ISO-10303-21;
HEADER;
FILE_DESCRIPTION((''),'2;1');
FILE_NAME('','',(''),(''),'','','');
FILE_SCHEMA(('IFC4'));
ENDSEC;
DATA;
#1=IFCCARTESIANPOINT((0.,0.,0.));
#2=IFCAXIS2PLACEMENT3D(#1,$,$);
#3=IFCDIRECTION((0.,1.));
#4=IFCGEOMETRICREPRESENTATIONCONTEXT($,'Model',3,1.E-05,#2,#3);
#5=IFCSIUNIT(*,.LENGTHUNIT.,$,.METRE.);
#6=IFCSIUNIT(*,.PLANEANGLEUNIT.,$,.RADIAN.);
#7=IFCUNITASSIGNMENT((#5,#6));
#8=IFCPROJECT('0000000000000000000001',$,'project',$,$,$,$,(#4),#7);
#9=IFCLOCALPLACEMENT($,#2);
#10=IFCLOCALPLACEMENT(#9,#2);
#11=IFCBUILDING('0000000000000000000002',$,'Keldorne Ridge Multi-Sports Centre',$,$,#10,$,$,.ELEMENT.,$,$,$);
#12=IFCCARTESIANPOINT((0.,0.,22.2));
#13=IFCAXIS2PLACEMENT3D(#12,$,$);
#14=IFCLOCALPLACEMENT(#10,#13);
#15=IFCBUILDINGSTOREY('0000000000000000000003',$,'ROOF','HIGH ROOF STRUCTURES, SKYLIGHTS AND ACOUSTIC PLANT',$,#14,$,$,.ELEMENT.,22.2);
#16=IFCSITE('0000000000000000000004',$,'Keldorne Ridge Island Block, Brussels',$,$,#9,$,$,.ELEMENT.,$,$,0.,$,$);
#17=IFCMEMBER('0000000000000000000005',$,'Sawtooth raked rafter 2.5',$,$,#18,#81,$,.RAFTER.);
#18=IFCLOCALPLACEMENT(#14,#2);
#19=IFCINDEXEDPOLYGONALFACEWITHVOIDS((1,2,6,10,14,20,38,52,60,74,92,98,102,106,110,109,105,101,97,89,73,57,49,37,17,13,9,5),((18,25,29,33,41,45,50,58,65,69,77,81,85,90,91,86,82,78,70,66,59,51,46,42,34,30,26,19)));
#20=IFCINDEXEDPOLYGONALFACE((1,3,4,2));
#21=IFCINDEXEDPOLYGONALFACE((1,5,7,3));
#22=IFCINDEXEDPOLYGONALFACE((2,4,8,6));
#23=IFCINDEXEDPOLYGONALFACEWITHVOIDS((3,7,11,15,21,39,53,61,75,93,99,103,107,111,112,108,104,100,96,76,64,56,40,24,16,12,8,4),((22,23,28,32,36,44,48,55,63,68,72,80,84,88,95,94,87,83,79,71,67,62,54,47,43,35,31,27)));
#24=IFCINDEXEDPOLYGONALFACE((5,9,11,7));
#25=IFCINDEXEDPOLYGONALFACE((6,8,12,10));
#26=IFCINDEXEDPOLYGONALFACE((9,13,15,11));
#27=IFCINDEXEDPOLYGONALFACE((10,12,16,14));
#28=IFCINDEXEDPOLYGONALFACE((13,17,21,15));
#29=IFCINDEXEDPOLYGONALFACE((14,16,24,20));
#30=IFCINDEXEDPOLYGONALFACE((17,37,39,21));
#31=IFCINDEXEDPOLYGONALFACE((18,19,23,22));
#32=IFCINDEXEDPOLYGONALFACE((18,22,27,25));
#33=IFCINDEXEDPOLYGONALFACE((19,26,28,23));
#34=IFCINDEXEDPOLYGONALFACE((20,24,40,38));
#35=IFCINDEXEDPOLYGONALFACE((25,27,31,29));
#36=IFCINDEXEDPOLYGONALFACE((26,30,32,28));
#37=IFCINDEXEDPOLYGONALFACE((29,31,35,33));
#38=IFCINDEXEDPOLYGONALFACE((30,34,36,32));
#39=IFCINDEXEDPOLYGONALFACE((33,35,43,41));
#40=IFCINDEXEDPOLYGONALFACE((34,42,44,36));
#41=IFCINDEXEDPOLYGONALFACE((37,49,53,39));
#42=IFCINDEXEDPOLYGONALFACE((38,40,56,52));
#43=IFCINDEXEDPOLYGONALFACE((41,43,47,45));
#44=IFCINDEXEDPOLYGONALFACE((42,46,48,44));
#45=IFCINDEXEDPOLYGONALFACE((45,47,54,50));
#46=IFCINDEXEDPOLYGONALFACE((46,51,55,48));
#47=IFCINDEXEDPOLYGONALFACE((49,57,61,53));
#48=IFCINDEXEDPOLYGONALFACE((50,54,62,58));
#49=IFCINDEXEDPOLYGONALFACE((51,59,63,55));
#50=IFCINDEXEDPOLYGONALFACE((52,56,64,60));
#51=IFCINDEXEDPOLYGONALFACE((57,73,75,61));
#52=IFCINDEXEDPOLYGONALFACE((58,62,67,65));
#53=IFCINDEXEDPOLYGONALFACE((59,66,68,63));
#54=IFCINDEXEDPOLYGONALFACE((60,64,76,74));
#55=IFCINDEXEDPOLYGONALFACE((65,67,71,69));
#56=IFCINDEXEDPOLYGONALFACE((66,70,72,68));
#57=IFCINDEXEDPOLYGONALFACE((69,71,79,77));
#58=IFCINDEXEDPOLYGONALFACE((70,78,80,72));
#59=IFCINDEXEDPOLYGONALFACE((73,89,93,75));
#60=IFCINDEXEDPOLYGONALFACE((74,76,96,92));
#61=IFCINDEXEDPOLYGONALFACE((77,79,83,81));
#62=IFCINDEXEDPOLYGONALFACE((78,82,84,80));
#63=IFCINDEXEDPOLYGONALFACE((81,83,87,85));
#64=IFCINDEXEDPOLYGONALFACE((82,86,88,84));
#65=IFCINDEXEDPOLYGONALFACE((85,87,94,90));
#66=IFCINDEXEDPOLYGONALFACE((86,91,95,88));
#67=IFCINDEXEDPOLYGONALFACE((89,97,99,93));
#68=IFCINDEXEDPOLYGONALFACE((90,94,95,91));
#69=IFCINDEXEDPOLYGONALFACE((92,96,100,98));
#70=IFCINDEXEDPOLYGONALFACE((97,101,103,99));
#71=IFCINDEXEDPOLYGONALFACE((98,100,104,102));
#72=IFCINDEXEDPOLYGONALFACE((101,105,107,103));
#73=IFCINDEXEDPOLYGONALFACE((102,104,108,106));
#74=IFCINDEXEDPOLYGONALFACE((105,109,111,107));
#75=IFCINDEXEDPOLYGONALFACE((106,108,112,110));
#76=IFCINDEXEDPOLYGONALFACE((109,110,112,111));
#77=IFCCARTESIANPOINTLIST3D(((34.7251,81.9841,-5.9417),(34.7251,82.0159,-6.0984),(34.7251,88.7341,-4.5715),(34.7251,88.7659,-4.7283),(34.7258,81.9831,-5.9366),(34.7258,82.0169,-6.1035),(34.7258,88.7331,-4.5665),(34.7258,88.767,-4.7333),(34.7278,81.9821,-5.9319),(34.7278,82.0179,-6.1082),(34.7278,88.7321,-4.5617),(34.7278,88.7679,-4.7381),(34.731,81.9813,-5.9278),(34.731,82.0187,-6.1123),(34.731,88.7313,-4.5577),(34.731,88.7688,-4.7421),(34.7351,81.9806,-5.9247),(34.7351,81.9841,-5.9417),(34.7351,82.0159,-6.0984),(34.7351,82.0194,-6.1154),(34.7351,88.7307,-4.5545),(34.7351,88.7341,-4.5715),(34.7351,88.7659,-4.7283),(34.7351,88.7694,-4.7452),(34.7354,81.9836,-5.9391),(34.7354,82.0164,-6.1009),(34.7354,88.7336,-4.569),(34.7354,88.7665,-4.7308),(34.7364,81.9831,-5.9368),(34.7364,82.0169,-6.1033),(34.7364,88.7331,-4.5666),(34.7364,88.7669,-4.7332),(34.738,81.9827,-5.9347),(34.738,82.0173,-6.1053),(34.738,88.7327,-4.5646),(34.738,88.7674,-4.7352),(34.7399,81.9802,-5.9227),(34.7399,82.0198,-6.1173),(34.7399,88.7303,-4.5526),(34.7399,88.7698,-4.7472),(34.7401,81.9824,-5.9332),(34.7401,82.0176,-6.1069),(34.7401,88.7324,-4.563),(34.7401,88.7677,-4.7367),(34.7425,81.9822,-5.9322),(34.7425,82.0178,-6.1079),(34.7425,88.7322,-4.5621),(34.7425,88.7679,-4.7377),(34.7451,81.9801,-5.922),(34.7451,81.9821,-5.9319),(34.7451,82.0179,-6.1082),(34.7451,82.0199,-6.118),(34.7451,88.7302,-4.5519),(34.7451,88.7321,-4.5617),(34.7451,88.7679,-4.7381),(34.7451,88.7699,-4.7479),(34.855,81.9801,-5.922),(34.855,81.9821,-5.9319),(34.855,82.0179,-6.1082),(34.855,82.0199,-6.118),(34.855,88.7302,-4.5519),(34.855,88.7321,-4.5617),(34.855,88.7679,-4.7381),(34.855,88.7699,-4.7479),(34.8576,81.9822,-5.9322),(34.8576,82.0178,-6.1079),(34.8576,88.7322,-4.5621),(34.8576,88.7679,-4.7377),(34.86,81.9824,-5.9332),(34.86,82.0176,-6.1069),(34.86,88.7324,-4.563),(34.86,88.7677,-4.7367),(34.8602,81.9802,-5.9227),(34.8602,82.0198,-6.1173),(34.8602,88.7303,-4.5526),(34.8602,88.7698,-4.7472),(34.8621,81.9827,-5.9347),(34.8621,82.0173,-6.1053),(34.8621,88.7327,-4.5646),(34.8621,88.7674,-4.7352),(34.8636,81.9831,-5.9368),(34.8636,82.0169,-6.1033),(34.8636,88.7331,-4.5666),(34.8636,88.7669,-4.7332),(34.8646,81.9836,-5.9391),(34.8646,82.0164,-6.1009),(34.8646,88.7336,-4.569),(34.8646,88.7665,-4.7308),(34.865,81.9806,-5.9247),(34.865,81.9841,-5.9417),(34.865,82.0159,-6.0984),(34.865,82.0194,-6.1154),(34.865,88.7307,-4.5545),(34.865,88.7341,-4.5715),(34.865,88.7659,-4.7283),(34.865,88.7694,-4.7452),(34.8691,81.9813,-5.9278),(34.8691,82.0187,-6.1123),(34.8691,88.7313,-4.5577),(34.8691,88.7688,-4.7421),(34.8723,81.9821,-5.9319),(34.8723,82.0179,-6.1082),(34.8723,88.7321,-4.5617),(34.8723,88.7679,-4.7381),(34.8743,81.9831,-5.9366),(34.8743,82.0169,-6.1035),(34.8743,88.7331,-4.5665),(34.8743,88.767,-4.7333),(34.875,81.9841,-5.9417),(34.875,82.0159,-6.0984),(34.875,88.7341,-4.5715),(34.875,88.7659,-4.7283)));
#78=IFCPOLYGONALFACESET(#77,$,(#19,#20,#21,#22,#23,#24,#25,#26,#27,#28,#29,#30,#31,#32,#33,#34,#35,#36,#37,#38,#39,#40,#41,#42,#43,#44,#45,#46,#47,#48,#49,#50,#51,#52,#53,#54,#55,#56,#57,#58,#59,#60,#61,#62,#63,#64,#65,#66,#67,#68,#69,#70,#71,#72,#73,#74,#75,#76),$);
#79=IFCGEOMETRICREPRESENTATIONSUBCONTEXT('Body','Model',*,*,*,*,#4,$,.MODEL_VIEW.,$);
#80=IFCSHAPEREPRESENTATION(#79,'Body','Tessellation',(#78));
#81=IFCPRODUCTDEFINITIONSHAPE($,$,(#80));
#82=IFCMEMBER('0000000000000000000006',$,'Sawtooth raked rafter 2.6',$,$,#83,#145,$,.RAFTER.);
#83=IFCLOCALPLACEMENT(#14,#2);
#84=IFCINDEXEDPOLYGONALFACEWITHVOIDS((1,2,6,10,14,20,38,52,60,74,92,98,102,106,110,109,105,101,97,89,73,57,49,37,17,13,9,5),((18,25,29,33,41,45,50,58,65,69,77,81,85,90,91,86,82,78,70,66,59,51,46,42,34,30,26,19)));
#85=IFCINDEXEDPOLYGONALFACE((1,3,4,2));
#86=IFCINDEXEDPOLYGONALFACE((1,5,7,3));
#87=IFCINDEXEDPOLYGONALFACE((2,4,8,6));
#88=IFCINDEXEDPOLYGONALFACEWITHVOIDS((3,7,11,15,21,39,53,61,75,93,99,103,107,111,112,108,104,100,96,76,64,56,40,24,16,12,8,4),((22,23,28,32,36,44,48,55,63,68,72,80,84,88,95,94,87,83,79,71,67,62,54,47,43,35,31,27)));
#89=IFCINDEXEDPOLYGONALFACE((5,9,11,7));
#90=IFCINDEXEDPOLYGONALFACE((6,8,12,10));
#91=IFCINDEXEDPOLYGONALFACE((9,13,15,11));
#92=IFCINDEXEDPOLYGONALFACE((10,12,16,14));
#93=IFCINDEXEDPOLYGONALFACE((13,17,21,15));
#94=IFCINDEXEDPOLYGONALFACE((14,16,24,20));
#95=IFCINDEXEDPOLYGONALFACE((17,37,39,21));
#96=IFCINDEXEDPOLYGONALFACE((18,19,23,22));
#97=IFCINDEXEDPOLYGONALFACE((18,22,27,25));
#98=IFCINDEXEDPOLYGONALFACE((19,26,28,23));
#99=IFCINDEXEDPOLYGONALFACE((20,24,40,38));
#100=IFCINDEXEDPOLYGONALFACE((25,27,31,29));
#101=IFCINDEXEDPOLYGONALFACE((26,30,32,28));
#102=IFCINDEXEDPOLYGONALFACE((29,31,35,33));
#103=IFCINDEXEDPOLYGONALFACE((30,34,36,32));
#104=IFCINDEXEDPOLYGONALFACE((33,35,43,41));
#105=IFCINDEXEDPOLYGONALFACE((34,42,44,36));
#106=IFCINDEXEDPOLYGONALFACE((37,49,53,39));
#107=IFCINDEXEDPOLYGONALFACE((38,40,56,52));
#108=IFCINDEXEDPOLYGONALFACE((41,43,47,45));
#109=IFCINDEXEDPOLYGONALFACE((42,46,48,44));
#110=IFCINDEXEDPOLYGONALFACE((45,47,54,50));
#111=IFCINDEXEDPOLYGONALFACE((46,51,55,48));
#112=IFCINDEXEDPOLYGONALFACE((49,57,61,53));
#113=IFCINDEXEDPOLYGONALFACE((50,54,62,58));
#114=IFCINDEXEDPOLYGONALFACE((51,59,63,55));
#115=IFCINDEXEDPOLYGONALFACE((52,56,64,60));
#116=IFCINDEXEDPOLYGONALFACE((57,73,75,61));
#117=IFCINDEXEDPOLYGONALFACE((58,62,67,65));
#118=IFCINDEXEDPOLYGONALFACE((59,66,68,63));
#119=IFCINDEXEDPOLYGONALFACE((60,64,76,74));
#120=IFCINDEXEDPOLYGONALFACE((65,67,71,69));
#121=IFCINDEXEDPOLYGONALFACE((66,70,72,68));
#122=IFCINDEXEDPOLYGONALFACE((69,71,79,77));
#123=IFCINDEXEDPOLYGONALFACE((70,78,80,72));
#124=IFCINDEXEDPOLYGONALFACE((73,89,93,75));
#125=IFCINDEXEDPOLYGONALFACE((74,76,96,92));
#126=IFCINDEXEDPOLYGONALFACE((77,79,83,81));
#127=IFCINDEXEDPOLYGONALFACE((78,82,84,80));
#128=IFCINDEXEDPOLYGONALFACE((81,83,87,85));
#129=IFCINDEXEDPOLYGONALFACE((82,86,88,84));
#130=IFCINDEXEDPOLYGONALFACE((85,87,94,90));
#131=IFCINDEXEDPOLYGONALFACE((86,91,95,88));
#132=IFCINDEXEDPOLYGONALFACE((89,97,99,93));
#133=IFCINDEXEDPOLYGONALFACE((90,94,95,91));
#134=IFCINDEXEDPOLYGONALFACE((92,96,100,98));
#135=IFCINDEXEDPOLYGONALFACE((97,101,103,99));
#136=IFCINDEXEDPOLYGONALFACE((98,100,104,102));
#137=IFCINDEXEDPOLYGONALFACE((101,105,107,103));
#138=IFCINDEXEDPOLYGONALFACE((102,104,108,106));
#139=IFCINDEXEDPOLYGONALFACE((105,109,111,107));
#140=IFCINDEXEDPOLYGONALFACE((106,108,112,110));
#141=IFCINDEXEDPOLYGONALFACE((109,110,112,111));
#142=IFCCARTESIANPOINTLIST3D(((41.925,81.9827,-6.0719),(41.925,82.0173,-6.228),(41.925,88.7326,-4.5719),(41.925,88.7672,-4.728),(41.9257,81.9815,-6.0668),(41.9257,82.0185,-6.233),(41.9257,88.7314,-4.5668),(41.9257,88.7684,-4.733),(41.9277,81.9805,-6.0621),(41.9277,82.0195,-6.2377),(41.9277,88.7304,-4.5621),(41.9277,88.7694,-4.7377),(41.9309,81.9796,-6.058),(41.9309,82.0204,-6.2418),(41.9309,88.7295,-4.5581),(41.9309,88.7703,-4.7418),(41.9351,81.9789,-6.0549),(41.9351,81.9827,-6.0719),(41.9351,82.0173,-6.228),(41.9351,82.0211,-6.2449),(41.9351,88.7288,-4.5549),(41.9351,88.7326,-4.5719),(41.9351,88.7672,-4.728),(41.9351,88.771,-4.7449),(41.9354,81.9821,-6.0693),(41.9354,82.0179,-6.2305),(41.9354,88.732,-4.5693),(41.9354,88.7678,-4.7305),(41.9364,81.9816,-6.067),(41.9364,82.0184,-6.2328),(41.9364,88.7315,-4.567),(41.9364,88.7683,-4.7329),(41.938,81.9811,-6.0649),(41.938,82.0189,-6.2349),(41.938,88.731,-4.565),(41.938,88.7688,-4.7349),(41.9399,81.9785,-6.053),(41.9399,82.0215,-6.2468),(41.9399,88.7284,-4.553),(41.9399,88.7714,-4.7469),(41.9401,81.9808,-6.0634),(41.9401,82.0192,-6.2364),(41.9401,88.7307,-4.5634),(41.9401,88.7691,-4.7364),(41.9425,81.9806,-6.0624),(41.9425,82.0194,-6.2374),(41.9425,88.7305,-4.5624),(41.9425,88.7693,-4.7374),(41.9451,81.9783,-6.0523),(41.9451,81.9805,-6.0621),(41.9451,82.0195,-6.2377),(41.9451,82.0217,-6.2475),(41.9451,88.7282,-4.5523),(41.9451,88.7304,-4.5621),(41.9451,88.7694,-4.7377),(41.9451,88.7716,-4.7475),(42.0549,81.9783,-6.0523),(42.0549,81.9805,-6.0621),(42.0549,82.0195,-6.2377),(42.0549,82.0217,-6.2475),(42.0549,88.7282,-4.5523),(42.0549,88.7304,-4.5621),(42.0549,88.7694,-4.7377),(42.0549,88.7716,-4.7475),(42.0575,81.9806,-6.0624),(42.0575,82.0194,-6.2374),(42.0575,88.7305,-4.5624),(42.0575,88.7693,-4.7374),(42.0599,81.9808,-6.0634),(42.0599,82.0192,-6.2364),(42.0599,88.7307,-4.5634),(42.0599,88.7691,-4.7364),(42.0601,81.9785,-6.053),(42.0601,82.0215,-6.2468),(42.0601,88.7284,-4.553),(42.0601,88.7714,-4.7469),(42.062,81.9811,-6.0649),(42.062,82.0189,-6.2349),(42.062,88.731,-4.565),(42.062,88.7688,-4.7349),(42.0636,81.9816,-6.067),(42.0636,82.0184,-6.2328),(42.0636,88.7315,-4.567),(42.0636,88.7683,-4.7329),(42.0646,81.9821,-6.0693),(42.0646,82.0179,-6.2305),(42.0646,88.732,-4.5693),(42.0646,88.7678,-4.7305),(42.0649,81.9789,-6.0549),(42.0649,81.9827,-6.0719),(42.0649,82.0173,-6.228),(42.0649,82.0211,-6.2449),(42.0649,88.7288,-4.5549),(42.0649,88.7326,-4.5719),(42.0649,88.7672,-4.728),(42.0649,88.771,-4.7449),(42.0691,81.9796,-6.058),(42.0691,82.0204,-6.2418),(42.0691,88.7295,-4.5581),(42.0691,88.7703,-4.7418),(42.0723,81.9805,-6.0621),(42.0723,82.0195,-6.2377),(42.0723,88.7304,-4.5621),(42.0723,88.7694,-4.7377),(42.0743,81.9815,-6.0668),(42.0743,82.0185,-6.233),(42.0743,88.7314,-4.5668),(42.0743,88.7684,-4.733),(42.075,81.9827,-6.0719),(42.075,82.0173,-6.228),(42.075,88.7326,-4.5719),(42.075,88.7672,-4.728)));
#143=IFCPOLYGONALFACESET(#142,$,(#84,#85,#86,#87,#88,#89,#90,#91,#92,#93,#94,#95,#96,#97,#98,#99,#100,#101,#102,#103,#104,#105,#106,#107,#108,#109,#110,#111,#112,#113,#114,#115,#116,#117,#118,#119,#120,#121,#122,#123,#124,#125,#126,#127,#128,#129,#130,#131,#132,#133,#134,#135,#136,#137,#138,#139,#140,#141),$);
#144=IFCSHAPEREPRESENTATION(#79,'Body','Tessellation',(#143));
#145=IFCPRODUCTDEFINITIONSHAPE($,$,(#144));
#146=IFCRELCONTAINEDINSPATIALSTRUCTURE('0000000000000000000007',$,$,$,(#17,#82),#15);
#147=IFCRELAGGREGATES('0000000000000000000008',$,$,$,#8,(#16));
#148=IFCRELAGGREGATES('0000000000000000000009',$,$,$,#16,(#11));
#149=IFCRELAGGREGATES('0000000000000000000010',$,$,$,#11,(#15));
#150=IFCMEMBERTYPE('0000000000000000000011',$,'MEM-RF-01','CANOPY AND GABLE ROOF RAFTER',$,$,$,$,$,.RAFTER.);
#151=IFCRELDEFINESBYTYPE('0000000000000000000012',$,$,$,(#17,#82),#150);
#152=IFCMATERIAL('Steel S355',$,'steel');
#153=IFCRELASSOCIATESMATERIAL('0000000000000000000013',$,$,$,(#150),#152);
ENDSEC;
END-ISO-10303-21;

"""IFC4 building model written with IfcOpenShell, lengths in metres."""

from ifc_helpers import new_model, si_unit, direction, frame, origin, origin_2d, place, context, subcontext, project, spatial, hollow_rectangle, extrude, material, material_profile, profile_set, type_object, element, save


model = new_model("IFC4")

# Units and contexts
model_context = context("Model", 3, precision=1e-05, world=origin(), true_north=direction((0.0, 1.0)))
body_context = subcontext(model_context, "Body", "Model", "MODEL_VIEW")
ifc_project = project(units=[si_unit("LENGTHUNIT", "METRE"), si_unit("PLANEANGLEUNIT", "RADIAN")], contexts=[model_context])

# Site, building, storey
site_placement = place(None, origin())
site = spatial("IfcSite", under=ifc_project, at=site_placement, Name="Keldorne Ridge Island Block, Brussels", CompositionType="ELEMENT", RefElevation=0.0)
building_placement = place(site_placement, origin())
building = spatial("IfcBuilding", under=site, at=building_placement, Name="Keldorne Ridge Multi-Sports Centre", CompositionType="ELEMENT")
storey_placement = place(building_placement, frame((0.0, 0.0, 22.2)))
storey = spatial("IfcBuildingStorey", under=building, at=storey_placement, Name="ROOF", Description="HIGH ROOF STRUCTURES, SKYLIGHTS AND ACOUSTIC PLANT", CompositionType="ELEMENT", Elevation=22.2)

# Shared definitions
ifc_material_1 = material(Name="Steel S355", Category="steel")

# Members
ifc_material_profile_1 = material_profile(ifc_material_1, hollow_rectangle(XDim=0.1499, YDim=0.2, WallThickness=0.01, InnerFilletRadius=0.01, OuterFilletRadius=0.02, at=origin_2d()), Name="RHS 200x150x10")
ifc_profile_set_1 = profile_set([ifc_material_profile_1], Name="Steel S355")
member_type_1 = type_object("IfcMemberType", Name="MEM-RF-01", Description="CANOPY AND GABLE ROOF RAFTER", PredefinedType="RAFTER", material=ifc_profile_set_1)
member_1_placement = place(storey_placement, frame((34.8, 82.0, -6.02), z_axis=(0.0, 0.980015, 0.198924), x_axis=(-1.0, 0.0, 0.0)))
element("IfcMember", 1, at=member_1_placement, inside=storey, type_object=member_type_1, Name="Sawtooth raked rafter 2.5", PredefinedType="RAFTER", context=body_context, shape_type="SweptSolid", body=[
    extrude(hollow_rectangle(XDim=0.1499, YDim=0.2, WallThickness=0.01, InnerFilletRadius=0.01, OuterFilletRadius=0.02, at=origin_2d()), origin(), (0.0, 0.0, 1.0), 6.8877),
])
member_2_placement = place(storey_placement, frame((42.0, 82.0, -6.1499), z_axis=(0.0, 0.976187, 0.21693), x_axis=(-1.0, 0.0, 0.0)))
element("IfcMember", 2, at=member_2_placement, inside=storey, type_object=member_type_1, Name="Sawtooth raked rafter 2.6", PredefinedType="RAFTER", context=body_context, shape_type="SweptSolid", body=[
    extrude(hollow_rectangle(XDim=0.1499, YDim=0.2, WallThickness=0.01, InnerFilletRadius=0.01, OuterFilletRadius=0.02, at=origin_2d()), origin(), (0.0, 0.0, 1.0), 6.9146),
])

save(model, "model.ifc")
